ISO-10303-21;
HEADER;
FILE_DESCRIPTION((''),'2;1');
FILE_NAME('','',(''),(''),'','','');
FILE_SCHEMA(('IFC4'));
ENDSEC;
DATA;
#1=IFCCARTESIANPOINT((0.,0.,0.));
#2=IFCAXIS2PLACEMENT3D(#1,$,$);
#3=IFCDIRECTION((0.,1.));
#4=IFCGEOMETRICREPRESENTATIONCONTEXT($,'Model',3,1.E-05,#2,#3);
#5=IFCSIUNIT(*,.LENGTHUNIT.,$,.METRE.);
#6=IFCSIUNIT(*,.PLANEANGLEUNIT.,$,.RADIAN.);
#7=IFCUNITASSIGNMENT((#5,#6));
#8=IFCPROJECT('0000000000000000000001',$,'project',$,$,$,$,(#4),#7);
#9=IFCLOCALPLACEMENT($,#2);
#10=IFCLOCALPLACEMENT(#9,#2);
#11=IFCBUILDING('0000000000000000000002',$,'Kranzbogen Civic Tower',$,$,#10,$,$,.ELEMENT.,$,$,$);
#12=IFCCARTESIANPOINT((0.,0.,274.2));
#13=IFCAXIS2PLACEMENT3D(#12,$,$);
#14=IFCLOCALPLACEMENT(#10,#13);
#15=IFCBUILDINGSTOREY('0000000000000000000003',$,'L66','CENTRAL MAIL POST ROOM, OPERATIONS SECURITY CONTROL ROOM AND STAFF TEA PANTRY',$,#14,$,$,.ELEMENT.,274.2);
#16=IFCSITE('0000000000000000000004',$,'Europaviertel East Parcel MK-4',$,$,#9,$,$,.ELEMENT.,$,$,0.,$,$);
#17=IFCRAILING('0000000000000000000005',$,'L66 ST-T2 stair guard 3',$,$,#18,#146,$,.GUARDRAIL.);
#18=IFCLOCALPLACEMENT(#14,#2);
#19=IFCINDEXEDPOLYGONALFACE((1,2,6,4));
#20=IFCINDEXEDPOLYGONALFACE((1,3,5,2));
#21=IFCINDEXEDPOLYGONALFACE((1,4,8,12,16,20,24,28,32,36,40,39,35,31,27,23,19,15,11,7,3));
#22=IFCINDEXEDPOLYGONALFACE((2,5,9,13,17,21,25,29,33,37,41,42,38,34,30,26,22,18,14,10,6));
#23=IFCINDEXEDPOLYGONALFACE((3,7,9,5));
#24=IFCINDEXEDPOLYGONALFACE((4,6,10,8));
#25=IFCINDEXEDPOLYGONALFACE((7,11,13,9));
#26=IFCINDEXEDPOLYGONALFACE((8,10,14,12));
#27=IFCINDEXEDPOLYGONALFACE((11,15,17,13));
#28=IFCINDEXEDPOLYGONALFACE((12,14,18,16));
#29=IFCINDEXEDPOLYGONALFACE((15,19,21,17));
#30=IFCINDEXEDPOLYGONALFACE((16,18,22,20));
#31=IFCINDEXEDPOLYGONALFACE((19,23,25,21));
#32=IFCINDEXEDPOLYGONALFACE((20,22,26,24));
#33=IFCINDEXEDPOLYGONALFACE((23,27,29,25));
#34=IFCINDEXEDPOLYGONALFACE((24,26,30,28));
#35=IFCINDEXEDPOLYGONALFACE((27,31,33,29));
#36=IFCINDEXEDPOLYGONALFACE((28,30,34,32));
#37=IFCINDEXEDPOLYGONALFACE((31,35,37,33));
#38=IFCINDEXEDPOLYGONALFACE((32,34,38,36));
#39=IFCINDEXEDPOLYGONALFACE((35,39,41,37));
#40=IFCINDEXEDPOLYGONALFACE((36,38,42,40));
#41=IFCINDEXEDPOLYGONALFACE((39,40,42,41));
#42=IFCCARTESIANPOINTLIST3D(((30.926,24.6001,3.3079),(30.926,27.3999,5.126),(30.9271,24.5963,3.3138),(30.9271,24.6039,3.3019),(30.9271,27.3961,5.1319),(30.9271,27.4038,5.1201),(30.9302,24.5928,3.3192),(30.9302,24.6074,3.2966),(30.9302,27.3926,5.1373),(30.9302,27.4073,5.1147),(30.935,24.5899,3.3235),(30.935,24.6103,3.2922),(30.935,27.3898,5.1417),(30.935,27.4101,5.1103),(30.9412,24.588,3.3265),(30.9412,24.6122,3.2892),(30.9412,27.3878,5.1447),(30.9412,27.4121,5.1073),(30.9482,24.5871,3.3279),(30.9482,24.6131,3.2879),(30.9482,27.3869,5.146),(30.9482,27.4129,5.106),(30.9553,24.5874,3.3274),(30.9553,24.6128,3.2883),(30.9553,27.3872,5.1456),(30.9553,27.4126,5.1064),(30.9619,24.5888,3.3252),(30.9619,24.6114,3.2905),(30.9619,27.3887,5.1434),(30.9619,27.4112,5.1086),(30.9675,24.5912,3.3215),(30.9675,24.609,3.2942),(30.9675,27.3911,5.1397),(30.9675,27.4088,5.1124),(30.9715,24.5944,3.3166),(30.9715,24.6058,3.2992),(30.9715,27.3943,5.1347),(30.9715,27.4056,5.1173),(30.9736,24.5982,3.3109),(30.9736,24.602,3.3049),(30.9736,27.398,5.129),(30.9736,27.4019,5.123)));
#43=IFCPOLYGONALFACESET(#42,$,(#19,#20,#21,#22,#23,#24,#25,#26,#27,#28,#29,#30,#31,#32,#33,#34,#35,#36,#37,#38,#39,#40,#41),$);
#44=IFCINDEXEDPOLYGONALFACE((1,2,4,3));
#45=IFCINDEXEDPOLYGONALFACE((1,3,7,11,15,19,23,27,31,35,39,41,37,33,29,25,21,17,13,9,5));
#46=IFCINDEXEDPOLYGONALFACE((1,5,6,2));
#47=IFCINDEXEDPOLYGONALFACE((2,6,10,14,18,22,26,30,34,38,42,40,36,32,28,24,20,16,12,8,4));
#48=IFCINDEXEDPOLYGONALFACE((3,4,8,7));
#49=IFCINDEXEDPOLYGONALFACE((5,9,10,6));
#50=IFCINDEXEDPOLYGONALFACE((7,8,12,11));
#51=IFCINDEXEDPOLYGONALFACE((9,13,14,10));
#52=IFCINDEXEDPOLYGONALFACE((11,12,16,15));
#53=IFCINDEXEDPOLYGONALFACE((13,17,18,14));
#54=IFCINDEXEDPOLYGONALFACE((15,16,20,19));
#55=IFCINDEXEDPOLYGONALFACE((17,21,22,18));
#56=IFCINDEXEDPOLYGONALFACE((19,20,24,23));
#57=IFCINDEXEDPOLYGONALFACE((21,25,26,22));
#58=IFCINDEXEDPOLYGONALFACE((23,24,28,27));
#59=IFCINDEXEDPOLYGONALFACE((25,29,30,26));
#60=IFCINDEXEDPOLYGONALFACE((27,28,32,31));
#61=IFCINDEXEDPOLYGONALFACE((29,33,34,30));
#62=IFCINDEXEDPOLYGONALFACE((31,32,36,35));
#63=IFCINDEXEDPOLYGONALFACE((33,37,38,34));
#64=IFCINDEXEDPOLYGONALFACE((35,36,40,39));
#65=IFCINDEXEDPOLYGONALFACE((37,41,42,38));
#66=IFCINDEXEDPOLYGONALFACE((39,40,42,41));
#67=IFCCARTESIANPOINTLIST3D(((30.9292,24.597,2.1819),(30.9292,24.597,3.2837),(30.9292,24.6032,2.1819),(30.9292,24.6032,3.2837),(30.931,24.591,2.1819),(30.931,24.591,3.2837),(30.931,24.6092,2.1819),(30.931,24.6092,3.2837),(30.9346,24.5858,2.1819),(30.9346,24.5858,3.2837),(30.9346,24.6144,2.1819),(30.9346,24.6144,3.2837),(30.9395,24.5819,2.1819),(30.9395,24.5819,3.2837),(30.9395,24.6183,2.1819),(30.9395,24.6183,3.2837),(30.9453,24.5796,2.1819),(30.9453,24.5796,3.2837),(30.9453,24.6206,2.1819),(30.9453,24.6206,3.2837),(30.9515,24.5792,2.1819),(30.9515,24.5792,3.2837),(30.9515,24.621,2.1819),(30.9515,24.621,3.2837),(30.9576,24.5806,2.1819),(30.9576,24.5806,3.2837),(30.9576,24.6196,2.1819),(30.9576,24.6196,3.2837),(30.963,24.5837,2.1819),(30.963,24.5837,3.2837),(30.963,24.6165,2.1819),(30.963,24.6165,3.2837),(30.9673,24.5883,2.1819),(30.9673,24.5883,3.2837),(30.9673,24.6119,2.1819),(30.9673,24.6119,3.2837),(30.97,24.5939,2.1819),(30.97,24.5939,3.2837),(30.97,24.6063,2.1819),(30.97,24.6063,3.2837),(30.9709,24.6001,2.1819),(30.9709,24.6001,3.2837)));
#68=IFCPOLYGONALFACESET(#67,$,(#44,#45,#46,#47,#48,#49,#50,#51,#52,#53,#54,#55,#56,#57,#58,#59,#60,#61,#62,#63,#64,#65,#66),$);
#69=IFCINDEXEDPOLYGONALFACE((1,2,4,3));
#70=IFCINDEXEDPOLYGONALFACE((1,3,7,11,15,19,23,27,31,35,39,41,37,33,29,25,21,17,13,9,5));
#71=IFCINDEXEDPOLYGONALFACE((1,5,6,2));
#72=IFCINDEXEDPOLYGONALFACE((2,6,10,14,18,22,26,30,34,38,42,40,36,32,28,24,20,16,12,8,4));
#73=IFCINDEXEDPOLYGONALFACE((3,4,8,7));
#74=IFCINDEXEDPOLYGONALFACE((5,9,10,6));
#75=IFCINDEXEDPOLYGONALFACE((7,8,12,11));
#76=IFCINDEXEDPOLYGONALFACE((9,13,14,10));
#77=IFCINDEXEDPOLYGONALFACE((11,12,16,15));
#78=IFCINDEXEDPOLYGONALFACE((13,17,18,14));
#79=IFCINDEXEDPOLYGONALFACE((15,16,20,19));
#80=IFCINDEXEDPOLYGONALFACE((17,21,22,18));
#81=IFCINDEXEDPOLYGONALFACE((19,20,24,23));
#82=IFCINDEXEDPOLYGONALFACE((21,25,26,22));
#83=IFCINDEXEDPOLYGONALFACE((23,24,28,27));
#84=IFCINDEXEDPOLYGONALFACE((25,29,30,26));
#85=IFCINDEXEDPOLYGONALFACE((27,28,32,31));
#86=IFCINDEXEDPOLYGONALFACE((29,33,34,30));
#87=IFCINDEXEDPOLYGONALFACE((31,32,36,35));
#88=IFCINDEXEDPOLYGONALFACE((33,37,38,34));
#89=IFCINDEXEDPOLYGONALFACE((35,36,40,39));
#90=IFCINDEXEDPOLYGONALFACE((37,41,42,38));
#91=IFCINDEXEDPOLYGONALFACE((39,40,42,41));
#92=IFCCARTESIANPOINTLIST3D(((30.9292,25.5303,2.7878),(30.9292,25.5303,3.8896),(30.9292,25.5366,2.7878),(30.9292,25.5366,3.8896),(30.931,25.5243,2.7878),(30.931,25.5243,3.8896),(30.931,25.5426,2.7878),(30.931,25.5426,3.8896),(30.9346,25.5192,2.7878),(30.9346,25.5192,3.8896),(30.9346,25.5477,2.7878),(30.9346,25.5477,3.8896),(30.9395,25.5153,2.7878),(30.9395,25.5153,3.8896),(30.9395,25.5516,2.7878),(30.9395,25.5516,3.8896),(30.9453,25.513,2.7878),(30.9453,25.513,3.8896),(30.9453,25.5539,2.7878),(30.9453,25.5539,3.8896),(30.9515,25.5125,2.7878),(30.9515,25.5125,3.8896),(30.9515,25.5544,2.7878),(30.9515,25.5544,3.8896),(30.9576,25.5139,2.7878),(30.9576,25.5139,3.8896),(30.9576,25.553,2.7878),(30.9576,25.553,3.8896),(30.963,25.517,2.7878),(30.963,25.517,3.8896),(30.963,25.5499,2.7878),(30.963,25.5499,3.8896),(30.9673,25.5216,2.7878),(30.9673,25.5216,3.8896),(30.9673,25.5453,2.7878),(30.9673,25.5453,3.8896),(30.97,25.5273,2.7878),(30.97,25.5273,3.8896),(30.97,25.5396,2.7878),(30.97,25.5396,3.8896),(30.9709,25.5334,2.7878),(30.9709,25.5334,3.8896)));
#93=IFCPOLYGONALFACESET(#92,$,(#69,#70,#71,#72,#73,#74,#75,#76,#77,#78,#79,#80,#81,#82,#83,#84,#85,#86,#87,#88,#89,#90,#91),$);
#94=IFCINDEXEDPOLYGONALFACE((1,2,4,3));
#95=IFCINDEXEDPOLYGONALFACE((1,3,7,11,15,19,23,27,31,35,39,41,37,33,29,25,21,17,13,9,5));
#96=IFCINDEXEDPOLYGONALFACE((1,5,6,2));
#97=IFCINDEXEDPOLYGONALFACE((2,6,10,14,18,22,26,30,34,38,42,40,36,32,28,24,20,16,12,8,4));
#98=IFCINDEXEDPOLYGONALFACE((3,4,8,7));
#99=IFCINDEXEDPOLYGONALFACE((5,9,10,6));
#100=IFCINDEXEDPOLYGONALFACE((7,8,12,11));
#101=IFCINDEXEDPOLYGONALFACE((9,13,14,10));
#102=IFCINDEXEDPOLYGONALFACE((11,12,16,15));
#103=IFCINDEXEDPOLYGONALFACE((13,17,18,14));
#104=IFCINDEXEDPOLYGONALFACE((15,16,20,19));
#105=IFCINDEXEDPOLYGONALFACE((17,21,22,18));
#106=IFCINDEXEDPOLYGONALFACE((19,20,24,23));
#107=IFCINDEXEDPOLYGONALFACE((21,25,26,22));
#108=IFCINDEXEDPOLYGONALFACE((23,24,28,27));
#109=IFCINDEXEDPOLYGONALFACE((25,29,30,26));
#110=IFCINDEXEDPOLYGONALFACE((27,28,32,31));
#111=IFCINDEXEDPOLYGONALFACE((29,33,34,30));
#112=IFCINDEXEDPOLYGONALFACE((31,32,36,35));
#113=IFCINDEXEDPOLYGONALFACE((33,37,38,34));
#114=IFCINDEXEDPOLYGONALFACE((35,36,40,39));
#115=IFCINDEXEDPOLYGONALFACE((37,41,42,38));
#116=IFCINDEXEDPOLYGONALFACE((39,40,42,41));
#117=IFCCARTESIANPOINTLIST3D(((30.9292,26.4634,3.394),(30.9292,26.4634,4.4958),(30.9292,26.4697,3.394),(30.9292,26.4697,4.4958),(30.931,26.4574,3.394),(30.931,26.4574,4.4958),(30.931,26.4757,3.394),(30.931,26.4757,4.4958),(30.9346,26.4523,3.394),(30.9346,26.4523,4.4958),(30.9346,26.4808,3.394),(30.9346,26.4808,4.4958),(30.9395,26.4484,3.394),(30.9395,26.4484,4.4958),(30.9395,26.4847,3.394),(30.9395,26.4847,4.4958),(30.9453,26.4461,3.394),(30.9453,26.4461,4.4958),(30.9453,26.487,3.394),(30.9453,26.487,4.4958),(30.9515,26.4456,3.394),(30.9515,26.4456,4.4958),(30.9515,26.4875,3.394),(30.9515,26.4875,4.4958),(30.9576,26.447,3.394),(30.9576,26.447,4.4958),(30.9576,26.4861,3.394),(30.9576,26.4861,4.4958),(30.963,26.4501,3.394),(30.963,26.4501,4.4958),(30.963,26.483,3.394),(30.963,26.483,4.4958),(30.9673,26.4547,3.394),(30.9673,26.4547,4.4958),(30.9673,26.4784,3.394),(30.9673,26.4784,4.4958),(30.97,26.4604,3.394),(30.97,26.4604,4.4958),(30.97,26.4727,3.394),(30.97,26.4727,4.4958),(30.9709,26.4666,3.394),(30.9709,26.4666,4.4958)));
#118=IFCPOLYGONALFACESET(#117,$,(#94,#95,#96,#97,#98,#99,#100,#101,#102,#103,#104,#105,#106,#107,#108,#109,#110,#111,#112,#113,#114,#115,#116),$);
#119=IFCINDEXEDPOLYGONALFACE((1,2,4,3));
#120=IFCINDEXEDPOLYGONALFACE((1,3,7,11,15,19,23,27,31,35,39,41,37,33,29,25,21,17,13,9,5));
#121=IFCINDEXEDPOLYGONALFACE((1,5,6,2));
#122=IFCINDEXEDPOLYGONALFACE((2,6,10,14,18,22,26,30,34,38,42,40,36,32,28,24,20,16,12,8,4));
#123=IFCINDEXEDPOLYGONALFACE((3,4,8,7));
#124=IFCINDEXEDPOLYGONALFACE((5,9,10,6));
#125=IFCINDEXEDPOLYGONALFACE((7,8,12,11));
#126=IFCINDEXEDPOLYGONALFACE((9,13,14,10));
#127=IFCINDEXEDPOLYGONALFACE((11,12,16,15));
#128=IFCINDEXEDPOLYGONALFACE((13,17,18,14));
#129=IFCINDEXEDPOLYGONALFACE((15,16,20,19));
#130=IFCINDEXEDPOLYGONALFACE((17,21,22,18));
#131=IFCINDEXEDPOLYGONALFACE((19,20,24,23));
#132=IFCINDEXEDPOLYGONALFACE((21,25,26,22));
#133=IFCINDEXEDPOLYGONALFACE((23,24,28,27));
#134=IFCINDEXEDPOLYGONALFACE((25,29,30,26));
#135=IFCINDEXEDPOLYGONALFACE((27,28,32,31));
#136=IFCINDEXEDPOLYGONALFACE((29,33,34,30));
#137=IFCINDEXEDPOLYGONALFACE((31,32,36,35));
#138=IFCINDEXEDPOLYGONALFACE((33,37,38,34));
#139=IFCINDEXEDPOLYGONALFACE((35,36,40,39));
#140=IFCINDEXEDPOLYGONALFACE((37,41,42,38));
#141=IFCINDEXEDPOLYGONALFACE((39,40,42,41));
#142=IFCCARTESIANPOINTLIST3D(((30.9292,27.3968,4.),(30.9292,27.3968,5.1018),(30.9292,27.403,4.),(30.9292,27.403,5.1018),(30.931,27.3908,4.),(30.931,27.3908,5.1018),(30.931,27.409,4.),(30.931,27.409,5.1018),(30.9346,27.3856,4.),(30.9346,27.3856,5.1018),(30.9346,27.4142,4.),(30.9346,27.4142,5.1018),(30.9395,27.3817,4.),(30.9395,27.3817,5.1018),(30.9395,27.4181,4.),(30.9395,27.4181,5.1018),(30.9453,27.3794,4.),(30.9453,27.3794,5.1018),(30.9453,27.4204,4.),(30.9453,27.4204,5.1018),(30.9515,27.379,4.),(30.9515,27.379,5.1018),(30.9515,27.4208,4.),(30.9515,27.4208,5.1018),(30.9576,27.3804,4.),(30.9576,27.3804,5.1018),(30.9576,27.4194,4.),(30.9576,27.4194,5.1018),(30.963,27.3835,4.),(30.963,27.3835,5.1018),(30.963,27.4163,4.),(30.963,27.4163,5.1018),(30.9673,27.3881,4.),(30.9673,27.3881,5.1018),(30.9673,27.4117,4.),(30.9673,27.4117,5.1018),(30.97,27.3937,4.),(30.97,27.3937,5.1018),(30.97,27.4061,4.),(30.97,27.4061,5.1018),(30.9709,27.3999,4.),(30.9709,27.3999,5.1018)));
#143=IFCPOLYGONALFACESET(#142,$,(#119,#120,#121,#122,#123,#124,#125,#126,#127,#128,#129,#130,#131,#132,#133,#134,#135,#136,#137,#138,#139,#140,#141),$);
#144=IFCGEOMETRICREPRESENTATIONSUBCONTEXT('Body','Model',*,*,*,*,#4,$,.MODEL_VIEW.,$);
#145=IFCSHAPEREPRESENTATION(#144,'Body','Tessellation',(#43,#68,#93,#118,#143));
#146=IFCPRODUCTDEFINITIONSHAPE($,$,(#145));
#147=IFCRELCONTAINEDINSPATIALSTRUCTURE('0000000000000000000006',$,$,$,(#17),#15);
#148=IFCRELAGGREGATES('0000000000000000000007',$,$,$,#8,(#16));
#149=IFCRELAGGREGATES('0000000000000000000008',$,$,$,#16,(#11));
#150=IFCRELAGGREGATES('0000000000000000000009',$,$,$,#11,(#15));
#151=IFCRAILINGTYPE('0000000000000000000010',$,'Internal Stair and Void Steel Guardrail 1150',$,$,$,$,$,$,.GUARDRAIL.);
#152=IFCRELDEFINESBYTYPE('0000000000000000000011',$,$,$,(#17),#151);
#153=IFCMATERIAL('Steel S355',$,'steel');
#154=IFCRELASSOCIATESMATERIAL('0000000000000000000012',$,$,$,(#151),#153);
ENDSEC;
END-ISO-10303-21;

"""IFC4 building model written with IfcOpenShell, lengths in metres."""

from ifc_helpers import new_model, si_unit, direction, frame, origin, origin_2d, place, context, subcontext, project, spatial, circle, extrude, material, type_object, element, save


model = new_model("IFC4")

# Units and contexts
model_context = context("Model", 3, precision=1e-05, world=origin(), true_north=direction((0.0, 1.0)))
body_context = subcontext(model_context, "Body", "Model", "MODEL_VIEW")
ifc_project = project(units=[si_unit("LENGTHUNIT", "METRE"), si_unit("PLANEANGLEUNIT", "RADIAN")], contexts=[model_context])

# Site, building, storey
site_placement = place(None, origin())
site = spatial("IfcSite", under=ifc_project, at=site_placement, Name="Europaviertel East Parcel MK-4", CompositionType="ELEMENT", RefElevation=0.0)
building_placement = place(site_placement, origin())
building = spatial("IfcBuilding", under=site, at=building_placement, Name="Kranzbogen Civic Tower", CompositionType="ELEMENT")
storey_placement = place(building_placement, frame((0.0, 0.0, 274.2)))
storey = spatial("IfcBuildingStorey", under=building, at=storey_placement, Name="L66", Description="CENTRAL MAIL POST ROOM, OPERATIONS SECURITY CONTROL ROOM AND STAFF TEA PANTRY", CompositionType="ELEMENT", Elevation=274.2)

# Shared definitions
ifc_material_1 = material(Name="Steel S355", Category="steel")

# Railing
railing_type_1 = type_object("IfcRailingType", Name="Internal Stair and Void Steel Guardrail 1150", PredefinedType="GUARDRAIL", material=ifc_material_1)
railing_1_placement = place(storey_placement, frame((30.95, 24.6001, 2.1819)))
element("IfcRailing", 1, at=railing_1_placement, inside=storey, type_object=railing_type_1, Name="L66 ST-T2 stair guard 3", PredefinedType="GUARDRAIL", context=body_context, shape_type="SweptSolid", body=[
    extrude(circle(Radius=0.0239, at=origin_2d()), frame((0.0, 0.0, 1.126), z_axis=(0.0, 0.838684, 0.544618), x_axis=(-1.0, 0.0, 0.0)), (0.0, 0.0, 1.0), 3.3384),
    extrude(circle(Radius=0.021, at=origin_2d()), origin(), (0.0, 0.0, 1.0), 1.1018),
    extrude(circle(Radius=0.021, at=origin_2d()), frame((0.0, 0.9333, 0.606)), (0.0, 0.0, 1.0), 1.1018),
    extrude(circle(Radius=0.021, at=origin_2d()), frame((0.0, 1.8665, 1.2122)), (0.0, 0.0, 1.0), 1.1018),
    extrude(circle(Radius=0.021, at=origin_2d()), frame((0.0, 2.7998, 1.8181)), (0.0, 0.0, 1.0), 1.1018),
])

save(model, "model.ifc")
